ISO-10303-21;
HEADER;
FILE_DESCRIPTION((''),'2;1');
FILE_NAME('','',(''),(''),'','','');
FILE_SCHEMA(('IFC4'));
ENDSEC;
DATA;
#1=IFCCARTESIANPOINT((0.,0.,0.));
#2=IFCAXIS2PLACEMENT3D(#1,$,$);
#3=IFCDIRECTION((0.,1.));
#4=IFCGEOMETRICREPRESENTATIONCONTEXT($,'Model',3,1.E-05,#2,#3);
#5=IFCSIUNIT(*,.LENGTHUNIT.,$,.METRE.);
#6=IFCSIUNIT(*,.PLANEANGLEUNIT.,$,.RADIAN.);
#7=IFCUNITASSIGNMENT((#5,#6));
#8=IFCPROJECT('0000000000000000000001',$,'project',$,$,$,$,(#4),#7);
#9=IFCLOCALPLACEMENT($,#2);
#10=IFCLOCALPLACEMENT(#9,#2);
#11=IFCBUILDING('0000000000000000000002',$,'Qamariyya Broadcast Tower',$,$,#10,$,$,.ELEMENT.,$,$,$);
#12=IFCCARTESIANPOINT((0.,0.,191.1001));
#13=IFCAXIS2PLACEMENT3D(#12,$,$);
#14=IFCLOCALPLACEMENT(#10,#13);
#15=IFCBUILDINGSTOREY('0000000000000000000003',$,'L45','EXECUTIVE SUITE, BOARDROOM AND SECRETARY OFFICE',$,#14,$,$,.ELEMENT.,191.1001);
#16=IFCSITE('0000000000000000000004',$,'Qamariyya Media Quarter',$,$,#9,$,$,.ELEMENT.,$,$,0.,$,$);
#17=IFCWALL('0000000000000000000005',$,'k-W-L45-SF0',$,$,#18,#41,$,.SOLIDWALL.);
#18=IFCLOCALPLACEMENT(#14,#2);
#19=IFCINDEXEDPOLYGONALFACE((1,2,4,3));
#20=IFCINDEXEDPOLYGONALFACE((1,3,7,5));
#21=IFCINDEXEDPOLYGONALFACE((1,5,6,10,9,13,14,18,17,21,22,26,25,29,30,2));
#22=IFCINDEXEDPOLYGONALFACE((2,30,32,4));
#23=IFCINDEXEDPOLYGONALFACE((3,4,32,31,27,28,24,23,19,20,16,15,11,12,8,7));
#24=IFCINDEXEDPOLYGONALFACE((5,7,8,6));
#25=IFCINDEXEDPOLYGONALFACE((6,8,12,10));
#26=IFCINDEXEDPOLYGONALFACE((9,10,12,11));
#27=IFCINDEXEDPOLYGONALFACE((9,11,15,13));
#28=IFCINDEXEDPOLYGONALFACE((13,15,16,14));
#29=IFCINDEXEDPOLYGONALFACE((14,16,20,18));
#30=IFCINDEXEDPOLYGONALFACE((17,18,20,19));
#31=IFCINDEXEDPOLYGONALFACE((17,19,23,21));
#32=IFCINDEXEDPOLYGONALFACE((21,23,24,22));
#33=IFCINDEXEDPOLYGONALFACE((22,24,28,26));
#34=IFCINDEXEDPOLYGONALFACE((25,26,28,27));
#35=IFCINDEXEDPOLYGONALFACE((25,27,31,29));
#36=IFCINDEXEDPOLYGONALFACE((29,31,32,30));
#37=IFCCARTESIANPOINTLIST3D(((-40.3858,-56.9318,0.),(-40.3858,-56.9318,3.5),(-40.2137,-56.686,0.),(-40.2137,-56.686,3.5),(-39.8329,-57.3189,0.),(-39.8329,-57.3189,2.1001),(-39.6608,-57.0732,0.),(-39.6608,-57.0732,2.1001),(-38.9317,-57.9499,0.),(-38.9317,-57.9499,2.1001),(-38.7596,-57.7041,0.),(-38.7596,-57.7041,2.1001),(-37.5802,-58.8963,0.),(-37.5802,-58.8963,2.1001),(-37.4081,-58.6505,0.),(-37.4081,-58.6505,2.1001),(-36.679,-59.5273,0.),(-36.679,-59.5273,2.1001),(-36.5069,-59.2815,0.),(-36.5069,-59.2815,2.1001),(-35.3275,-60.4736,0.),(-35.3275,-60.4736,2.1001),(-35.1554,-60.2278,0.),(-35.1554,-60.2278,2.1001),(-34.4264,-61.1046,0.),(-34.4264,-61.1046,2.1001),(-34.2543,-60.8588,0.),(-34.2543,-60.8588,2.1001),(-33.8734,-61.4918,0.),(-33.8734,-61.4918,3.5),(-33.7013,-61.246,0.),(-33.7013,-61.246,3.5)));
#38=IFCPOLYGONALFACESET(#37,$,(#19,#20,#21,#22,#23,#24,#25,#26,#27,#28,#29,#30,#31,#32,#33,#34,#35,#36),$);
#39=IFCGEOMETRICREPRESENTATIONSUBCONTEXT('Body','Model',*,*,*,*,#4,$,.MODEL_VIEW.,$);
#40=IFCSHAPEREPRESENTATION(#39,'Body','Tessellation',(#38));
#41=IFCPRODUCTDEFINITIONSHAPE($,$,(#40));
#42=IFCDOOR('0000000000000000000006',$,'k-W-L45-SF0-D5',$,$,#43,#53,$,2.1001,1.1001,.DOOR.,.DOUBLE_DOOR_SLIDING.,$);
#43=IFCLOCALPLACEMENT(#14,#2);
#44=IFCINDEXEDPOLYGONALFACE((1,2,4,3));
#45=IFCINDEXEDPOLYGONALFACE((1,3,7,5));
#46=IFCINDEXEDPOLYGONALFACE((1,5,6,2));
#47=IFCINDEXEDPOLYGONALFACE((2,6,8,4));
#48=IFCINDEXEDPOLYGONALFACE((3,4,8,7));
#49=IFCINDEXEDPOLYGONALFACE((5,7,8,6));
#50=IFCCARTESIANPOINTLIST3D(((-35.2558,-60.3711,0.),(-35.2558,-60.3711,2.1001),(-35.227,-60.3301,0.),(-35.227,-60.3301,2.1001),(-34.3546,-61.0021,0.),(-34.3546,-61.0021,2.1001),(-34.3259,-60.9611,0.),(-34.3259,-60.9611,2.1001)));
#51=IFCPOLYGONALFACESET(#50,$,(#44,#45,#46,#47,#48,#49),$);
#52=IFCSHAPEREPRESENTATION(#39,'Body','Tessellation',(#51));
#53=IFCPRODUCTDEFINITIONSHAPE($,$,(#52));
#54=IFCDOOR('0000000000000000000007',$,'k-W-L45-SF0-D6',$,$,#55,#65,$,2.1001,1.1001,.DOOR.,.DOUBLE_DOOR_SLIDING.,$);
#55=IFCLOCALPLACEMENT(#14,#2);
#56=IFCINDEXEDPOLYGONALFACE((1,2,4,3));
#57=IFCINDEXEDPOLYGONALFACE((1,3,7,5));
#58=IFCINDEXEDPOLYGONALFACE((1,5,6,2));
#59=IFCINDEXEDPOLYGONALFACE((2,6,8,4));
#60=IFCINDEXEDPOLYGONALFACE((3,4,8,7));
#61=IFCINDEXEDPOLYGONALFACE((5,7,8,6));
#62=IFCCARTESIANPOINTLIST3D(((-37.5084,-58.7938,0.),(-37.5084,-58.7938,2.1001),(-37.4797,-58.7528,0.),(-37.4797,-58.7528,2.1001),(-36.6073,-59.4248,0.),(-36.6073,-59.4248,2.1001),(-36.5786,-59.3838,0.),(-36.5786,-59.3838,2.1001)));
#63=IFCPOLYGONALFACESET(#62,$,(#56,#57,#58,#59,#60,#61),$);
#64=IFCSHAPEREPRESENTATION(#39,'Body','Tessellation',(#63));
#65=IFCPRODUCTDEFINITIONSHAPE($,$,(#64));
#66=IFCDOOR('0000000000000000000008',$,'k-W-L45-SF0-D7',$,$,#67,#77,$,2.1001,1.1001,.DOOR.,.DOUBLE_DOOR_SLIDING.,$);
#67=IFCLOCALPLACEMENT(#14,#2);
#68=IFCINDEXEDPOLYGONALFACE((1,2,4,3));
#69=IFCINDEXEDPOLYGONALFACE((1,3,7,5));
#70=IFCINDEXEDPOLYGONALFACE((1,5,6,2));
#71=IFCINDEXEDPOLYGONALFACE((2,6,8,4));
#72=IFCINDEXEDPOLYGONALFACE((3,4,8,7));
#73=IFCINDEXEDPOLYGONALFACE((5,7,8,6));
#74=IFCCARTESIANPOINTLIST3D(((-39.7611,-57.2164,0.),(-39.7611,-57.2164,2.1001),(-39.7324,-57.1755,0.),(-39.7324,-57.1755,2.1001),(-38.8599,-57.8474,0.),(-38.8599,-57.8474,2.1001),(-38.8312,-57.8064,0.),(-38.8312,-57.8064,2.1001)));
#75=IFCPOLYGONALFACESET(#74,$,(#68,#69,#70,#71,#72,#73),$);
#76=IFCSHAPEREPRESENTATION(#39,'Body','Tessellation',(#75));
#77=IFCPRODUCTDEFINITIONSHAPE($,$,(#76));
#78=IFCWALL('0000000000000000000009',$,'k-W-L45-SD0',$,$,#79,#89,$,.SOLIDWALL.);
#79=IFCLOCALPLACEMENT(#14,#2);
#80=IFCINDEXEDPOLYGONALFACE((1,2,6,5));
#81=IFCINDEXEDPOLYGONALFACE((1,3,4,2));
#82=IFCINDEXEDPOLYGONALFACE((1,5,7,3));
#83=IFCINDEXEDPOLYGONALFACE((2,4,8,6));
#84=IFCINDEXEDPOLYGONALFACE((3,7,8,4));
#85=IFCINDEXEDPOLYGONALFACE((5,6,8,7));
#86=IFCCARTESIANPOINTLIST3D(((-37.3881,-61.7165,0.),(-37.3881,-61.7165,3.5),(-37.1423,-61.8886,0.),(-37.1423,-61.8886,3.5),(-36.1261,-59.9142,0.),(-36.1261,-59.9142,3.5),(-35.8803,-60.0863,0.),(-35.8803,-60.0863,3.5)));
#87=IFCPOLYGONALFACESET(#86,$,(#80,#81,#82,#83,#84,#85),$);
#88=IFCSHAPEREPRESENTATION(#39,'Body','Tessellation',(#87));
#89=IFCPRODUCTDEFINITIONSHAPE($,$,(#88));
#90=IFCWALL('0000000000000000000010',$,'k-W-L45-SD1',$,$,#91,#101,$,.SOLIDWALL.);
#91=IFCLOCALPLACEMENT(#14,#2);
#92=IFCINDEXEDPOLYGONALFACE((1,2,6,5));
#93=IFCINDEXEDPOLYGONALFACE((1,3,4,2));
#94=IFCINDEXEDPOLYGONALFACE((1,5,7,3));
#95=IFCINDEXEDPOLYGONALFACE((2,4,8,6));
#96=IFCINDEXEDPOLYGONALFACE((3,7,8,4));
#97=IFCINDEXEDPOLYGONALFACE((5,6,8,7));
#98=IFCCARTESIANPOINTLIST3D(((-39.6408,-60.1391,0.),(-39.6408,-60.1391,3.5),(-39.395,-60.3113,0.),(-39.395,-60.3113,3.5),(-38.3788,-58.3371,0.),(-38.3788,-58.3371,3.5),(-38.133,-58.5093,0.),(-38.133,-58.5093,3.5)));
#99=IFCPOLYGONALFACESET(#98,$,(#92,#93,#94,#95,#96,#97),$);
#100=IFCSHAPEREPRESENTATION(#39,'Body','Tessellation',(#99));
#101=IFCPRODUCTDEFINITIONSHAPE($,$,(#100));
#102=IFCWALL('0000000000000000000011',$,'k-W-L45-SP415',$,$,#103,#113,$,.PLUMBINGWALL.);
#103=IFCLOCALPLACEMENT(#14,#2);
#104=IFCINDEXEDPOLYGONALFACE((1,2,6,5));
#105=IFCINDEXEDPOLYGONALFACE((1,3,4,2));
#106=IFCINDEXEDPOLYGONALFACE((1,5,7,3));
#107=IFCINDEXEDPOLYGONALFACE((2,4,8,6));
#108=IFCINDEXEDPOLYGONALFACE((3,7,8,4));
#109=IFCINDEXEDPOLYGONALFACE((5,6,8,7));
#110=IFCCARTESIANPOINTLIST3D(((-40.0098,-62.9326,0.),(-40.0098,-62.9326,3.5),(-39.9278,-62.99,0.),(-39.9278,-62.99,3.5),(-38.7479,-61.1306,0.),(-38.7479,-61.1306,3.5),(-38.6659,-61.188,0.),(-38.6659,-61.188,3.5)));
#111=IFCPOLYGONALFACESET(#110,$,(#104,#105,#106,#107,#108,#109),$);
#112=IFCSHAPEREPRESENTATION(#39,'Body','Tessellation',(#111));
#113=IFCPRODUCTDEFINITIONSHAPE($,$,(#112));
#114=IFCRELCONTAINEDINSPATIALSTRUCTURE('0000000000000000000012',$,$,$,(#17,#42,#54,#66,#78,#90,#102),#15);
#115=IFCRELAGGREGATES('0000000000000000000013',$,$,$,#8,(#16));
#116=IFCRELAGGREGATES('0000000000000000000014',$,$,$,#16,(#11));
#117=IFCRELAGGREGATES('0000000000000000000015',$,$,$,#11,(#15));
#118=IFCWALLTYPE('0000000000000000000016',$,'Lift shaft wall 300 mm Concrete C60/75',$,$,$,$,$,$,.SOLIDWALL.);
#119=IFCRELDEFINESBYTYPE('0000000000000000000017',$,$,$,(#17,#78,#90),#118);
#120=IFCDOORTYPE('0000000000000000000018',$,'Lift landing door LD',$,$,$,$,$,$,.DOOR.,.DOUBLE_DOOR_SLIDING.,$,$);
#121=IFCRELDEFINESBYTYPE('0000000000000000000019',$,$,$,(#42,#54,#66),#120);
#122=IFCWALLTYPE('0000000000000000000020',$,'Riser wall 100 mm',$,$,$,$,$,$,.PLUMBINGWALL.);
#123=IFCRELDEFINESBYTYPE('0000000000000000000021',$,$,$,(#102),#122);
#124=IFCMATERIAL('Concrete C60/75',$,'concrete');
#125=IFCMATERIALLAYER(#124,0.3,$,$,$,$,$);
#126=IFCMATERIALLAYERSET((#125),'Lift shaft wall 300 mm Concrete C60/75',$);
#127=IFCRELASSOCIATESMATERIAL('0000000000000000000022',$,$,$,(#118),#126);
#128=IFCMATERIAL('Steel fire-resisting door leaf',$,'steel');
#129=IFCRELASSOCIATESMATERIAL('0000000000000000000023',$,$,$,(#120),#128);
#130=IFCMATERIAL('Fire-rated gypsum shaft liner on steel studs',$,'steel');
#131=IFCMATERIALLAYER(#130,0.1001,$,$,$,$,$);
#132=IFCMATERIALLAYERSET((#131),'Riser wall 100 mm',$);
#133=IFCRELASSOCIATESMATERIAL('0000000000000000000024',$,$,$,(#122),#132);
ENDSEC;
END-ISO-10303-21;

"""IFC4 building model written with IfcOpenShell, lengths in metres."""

from ifc_helpers import new_model, si_unit, direction, frame, frame_2d, origin, place, context, subcontext, project, spatial, rectangle, extrude, material, layer, layer_set, type_object, element, fill, save


model = new_model("IFC4")

# Units and contexts
model_context = context("Model", 3, precision=1e-05, world=origin(), true_north=direction((0.0, 1.0)))
body_context = subcontext(model_context, "Body", "Model", "MODEL_VIEW")
ifc_project = project(units=[si_unit("LENGTHUNIT", "METRE"), si_unit("PLANEANGLEUNIT", "RADIAN")], contexts=[model_context])

# Site, building, storey
site_placement = place(None, origin())
site = spatial("IfcSite", under=ifc_project, at=site_placement, Name="Qamariyya Media Quarter", CompositionType="ELEMENT", RefElevation=0.0)
building_placement = place(site_placement, origin())
building = spatial("IfcBuilding", under=site, at=building_placement, Name="Qamariyya Broadcast Tower", CompositionType="ELEMENT")
storey_placement = place(building_placement, frame((0.0, 0.0, 191.1001)))
storey = spatial("IfcBuildingStorey", under=building, at=storey_placement, Name="L45", Description="EXECUTIVE SUITE, BOARDROOM AND SECRETARY OFFICE", CompositionType="ELEMENT", Elevation=191.1001)

# Shared definitions
ifc_material_1 = material(Name="Concrete C60/75", Category="concrete")
ifc_layer_1 = layer(ifc_material_1, 0.3)
ifc_layer_set_1 = layer_set([ifc_layer_1], Name="Lift shaft wall 300 mm Concrete C60/75")
wall_type_1 = type_object("IfcWallType", Name="Lift shaft wall 300 mm Concrete C60/75", PredefinedType="SOLIDWALL", material=ifc_layer_set_1)
ifc_material_2 = material(Name="Steel fire-resisting door leaf", Category="steel")

# Wall, openings, doors
wall_1_placement = place(storey_placement, frame((-33.7874, -61.3689, 0.0), z_axis=(0.0, 0.0, 1.0), x_axis=(-0.819153, 0.573576, 0.0)))
wall_1 = element("IfcWall", 1, at=wall_1_placement, inside=storey, type_object=wall_type_1, Name="k-W-L45-SF0", PredefinedType="SOLIDWALL", context=body_context, shape_type="SweptSolid", body=[
    extrude(rectangle(XDim=7.9502, YDim=0.3, at=frame_2d((3.9751, 0.0))), origin(), (0.0, 0.0, 1.0), 3.5),
])
opening_1_placement = place(wall_1_placement, frame((0.675, 0.0, 0.0)))
opening_1 = element("IfcOpeningElement", 2, at=opening_1_placement, cuts=wall_1, PredefinedType="OPENING", context=body_context, shape_type="SweptSolid", body=[
    extrude(rectangle(XDim=1.1001, YDim=2.1001, at=frame_2d((0.55, 1.05))), frame((0.0, 0.1599, 0.0), z_axis=(0.0, -1.0, 0.0), x_axis=(1.0, 0.0, 0.0)), (0.0, 0.0, 1.0), 0.3201),
])
opening_2_placement = place(wall_1_placement, frame((3.425, 0.0, 0.0)))
opening_2 = element("IfcOpeningElement", 3, at=opening_2_placement, cuts=wall_1, PredefinedType="OPENING", context=body_context, shape_type="SweptSolid", body=[
    extrude(rectangle(XDim=1.1001, YDim=2.1001, at=frame_2d((0.55, 1.05))), frame((0.0, 0.1599, 0.0), z_axis=(0.0, -1.0, 0.0), x_axis=(1.0, 0.0, 0.0)), (0.0, 0.0, 1.0), 0.3201),
])
opening_3_placement = place(wall_1_placement, frame((6.175, 0.0, 0.0)))
opening_3 = element("IfcOpeningElement", 4, at=opening_3_placement, cuts=wall_1, PredefinedType="OPENING", context=body_context, shape_type="SweptSolid", body=[
    extrude(rectangle(XDim=1.1001, YDim=2.1001, at=frame_2d((0.55, 1.05))), frame((0.0, 0.1599, 0.0), z_axis=(0.0, -1.0, 0.0), x_axis=(1.0, 0.0, 0.0)), (0.0, 0.0, 1.0), 0.3201),
])
door_type_1 = type_object("IfcDoorType", Name="Lift landing door LD", OperationType="DOUBLE_DOOR_SLIDING", PredefinedType="DOOR", material=ifc_material_2)
door_1_placement = place(opening_1_placement, origin())
door_1 = element("IfcDoor", 5, at=door_1_placement, inside=storey, type_object=door_type_1, Name="k-W-L45-SF0-D5", OperationType="DOUBLE_DOOR_SLIDING", OverallHeight=2.1001, OverallWidth=1.1001, PredefinedType="DOOR", context=body_context, shape_type="SweptSolid", body=[
    extrude(rectangle(XDim=1.1001, YDim=2.1001, at=frame_2d((0.55, 1.05))), frame((0.0, 0.0249, 0.0), z_axis=(0.0, -1.0, 0.0), x_axis=(1.0, 0.0, 0.0)), (0.0, 0.0, 1.0), 0.05),
])
fill(opening_1, door_1)
door_2_placement = place(opening_2_placement, origin())
door_2 = element("IfcDoor", 6, at=door_2_placement, inside=storey, type_object=door_type_1, Name="k-W-L45-SF0-D6", OperationType="DOUBLE_DOOR_SLIDING", OverallHeight=2.1001, OverallWidth=1.1001, PredefinedType="DOOR", context=body_context, shape_type="SweptSolid", body=[
    extrude(rectangle(XDim=1.1001, YDim=2.1001, at=frame_2d((0.55, 1.05))), frame((0.0, 0.0249, 0.0), z_axis=(0.0, -1.0, 0.0), x_axis=(1.0, 0.0, 0.0)), (0.0, 0.0, 1.0), 0.05),
])
fill(opening_2, door_2)
door_3_placement = place(opening_3_placement, origin())
door_3 = element("IfcDoor", 7, at=door_3_placement, inside=storey, type_object=door_type_1, Name="k-W-L45-SF0-D7", OperationType="DOUBLE_DOOR_SLIDING", OverallHeight=2.1001, OverallWidth=1.1001, PredefinedType="DOOR", context=body_context, shape_type="SweptSolid", body=[
    extrude(rectangle(XDim=1.1001, YDim=2.1001, at=frame_2d((0.55, 1.05))), frame((0.0, 0.0249, 0.0), z_axis=(0.0, -1.0, 0.0), x_axis=(1.0, 0.0, 0.0)), (0.0, 0.0, 1.0), 0.05),
])
fill(opening_3, door_3)

# Walls
wall_2_placement = place(storey_placement, frame((-36.0032, -60.0002, 0.0), z_axis=(0.0, 0.0, 1.0), x_axis=(-0.573581, -0.819149, 0.0)))
element("IfcWall", 8, at=wall_2_placement, inside=storey, type_object=wall_type_1, Name="k-W-L45-SD0", PredefinedType="SOLIDWALL", context=body_context, shape_type="SweptSolid", body=[
    extrude(rectangle(XDim=2.2002, YDim=0.3, at=frame_2d((1.1001, 0.0))), origin(), (0.0, 0.0, 1.0), 3.5),
])
wall_3_placement = place(storey_placement, frame((-38.2559, -58.4231, 0.0), z_axis=(0.0, 0.0, 1.0), x_axis=(-0.573634, -0.819112, 0.0)))
element("IfcWall", 9, at=wall_3_placement, inside=storey, type_object=wall_type_1, Name="k-W-L45-SD1", PredefinedType="SOLIDWALL", context=body_context, shape_type="SweptSolid", body=[
    extrude(rectangle(XDim=2.2, YDim=0.3, at=frame_2d((1.1001, 0.0))), origin(), (0.0, 0.0, 1.0), 3.5),
])
ifc_material_3 = material(Name="Fire-rated gypsum shaft liner on steel studs", Category="steel")
ifc_layer_2 = layer(ifc_material_3, 0.1001)
ifc_layer_set_2 = layer_set([ifc_layer_2], Name="Riser wall 100 mm")
wall_type_2 = type_object("IfcWallType", Name="Riser wall 100 mm", PredefinedType="PLUMBINGWALL", material=ifc_layer_set_2)
wall_4_placement = place(storey_placement, frame((-38.7068, -61.1592, 0.0), z_axis=(0.0, 0.0, 1.0), x_axis=(-0.573634, -0.819112, 0.0)))
element("IfcWall", 10, at=wall_4_placement, inside=storey, type_object=wall_type_2, Name="k-W-L45-SP415", PredefinedType="PLUMBINGWALL", context=body_context, shape_type="SweptSolid", body=[
    extrude(rectangle(XDim=2.2, YDim=0.1001, at=frame_2d((1.1001, 0.0))), origin(), (0.0, 0.0, 1.0), 3.5),
])

save(model, "model.ifc")
